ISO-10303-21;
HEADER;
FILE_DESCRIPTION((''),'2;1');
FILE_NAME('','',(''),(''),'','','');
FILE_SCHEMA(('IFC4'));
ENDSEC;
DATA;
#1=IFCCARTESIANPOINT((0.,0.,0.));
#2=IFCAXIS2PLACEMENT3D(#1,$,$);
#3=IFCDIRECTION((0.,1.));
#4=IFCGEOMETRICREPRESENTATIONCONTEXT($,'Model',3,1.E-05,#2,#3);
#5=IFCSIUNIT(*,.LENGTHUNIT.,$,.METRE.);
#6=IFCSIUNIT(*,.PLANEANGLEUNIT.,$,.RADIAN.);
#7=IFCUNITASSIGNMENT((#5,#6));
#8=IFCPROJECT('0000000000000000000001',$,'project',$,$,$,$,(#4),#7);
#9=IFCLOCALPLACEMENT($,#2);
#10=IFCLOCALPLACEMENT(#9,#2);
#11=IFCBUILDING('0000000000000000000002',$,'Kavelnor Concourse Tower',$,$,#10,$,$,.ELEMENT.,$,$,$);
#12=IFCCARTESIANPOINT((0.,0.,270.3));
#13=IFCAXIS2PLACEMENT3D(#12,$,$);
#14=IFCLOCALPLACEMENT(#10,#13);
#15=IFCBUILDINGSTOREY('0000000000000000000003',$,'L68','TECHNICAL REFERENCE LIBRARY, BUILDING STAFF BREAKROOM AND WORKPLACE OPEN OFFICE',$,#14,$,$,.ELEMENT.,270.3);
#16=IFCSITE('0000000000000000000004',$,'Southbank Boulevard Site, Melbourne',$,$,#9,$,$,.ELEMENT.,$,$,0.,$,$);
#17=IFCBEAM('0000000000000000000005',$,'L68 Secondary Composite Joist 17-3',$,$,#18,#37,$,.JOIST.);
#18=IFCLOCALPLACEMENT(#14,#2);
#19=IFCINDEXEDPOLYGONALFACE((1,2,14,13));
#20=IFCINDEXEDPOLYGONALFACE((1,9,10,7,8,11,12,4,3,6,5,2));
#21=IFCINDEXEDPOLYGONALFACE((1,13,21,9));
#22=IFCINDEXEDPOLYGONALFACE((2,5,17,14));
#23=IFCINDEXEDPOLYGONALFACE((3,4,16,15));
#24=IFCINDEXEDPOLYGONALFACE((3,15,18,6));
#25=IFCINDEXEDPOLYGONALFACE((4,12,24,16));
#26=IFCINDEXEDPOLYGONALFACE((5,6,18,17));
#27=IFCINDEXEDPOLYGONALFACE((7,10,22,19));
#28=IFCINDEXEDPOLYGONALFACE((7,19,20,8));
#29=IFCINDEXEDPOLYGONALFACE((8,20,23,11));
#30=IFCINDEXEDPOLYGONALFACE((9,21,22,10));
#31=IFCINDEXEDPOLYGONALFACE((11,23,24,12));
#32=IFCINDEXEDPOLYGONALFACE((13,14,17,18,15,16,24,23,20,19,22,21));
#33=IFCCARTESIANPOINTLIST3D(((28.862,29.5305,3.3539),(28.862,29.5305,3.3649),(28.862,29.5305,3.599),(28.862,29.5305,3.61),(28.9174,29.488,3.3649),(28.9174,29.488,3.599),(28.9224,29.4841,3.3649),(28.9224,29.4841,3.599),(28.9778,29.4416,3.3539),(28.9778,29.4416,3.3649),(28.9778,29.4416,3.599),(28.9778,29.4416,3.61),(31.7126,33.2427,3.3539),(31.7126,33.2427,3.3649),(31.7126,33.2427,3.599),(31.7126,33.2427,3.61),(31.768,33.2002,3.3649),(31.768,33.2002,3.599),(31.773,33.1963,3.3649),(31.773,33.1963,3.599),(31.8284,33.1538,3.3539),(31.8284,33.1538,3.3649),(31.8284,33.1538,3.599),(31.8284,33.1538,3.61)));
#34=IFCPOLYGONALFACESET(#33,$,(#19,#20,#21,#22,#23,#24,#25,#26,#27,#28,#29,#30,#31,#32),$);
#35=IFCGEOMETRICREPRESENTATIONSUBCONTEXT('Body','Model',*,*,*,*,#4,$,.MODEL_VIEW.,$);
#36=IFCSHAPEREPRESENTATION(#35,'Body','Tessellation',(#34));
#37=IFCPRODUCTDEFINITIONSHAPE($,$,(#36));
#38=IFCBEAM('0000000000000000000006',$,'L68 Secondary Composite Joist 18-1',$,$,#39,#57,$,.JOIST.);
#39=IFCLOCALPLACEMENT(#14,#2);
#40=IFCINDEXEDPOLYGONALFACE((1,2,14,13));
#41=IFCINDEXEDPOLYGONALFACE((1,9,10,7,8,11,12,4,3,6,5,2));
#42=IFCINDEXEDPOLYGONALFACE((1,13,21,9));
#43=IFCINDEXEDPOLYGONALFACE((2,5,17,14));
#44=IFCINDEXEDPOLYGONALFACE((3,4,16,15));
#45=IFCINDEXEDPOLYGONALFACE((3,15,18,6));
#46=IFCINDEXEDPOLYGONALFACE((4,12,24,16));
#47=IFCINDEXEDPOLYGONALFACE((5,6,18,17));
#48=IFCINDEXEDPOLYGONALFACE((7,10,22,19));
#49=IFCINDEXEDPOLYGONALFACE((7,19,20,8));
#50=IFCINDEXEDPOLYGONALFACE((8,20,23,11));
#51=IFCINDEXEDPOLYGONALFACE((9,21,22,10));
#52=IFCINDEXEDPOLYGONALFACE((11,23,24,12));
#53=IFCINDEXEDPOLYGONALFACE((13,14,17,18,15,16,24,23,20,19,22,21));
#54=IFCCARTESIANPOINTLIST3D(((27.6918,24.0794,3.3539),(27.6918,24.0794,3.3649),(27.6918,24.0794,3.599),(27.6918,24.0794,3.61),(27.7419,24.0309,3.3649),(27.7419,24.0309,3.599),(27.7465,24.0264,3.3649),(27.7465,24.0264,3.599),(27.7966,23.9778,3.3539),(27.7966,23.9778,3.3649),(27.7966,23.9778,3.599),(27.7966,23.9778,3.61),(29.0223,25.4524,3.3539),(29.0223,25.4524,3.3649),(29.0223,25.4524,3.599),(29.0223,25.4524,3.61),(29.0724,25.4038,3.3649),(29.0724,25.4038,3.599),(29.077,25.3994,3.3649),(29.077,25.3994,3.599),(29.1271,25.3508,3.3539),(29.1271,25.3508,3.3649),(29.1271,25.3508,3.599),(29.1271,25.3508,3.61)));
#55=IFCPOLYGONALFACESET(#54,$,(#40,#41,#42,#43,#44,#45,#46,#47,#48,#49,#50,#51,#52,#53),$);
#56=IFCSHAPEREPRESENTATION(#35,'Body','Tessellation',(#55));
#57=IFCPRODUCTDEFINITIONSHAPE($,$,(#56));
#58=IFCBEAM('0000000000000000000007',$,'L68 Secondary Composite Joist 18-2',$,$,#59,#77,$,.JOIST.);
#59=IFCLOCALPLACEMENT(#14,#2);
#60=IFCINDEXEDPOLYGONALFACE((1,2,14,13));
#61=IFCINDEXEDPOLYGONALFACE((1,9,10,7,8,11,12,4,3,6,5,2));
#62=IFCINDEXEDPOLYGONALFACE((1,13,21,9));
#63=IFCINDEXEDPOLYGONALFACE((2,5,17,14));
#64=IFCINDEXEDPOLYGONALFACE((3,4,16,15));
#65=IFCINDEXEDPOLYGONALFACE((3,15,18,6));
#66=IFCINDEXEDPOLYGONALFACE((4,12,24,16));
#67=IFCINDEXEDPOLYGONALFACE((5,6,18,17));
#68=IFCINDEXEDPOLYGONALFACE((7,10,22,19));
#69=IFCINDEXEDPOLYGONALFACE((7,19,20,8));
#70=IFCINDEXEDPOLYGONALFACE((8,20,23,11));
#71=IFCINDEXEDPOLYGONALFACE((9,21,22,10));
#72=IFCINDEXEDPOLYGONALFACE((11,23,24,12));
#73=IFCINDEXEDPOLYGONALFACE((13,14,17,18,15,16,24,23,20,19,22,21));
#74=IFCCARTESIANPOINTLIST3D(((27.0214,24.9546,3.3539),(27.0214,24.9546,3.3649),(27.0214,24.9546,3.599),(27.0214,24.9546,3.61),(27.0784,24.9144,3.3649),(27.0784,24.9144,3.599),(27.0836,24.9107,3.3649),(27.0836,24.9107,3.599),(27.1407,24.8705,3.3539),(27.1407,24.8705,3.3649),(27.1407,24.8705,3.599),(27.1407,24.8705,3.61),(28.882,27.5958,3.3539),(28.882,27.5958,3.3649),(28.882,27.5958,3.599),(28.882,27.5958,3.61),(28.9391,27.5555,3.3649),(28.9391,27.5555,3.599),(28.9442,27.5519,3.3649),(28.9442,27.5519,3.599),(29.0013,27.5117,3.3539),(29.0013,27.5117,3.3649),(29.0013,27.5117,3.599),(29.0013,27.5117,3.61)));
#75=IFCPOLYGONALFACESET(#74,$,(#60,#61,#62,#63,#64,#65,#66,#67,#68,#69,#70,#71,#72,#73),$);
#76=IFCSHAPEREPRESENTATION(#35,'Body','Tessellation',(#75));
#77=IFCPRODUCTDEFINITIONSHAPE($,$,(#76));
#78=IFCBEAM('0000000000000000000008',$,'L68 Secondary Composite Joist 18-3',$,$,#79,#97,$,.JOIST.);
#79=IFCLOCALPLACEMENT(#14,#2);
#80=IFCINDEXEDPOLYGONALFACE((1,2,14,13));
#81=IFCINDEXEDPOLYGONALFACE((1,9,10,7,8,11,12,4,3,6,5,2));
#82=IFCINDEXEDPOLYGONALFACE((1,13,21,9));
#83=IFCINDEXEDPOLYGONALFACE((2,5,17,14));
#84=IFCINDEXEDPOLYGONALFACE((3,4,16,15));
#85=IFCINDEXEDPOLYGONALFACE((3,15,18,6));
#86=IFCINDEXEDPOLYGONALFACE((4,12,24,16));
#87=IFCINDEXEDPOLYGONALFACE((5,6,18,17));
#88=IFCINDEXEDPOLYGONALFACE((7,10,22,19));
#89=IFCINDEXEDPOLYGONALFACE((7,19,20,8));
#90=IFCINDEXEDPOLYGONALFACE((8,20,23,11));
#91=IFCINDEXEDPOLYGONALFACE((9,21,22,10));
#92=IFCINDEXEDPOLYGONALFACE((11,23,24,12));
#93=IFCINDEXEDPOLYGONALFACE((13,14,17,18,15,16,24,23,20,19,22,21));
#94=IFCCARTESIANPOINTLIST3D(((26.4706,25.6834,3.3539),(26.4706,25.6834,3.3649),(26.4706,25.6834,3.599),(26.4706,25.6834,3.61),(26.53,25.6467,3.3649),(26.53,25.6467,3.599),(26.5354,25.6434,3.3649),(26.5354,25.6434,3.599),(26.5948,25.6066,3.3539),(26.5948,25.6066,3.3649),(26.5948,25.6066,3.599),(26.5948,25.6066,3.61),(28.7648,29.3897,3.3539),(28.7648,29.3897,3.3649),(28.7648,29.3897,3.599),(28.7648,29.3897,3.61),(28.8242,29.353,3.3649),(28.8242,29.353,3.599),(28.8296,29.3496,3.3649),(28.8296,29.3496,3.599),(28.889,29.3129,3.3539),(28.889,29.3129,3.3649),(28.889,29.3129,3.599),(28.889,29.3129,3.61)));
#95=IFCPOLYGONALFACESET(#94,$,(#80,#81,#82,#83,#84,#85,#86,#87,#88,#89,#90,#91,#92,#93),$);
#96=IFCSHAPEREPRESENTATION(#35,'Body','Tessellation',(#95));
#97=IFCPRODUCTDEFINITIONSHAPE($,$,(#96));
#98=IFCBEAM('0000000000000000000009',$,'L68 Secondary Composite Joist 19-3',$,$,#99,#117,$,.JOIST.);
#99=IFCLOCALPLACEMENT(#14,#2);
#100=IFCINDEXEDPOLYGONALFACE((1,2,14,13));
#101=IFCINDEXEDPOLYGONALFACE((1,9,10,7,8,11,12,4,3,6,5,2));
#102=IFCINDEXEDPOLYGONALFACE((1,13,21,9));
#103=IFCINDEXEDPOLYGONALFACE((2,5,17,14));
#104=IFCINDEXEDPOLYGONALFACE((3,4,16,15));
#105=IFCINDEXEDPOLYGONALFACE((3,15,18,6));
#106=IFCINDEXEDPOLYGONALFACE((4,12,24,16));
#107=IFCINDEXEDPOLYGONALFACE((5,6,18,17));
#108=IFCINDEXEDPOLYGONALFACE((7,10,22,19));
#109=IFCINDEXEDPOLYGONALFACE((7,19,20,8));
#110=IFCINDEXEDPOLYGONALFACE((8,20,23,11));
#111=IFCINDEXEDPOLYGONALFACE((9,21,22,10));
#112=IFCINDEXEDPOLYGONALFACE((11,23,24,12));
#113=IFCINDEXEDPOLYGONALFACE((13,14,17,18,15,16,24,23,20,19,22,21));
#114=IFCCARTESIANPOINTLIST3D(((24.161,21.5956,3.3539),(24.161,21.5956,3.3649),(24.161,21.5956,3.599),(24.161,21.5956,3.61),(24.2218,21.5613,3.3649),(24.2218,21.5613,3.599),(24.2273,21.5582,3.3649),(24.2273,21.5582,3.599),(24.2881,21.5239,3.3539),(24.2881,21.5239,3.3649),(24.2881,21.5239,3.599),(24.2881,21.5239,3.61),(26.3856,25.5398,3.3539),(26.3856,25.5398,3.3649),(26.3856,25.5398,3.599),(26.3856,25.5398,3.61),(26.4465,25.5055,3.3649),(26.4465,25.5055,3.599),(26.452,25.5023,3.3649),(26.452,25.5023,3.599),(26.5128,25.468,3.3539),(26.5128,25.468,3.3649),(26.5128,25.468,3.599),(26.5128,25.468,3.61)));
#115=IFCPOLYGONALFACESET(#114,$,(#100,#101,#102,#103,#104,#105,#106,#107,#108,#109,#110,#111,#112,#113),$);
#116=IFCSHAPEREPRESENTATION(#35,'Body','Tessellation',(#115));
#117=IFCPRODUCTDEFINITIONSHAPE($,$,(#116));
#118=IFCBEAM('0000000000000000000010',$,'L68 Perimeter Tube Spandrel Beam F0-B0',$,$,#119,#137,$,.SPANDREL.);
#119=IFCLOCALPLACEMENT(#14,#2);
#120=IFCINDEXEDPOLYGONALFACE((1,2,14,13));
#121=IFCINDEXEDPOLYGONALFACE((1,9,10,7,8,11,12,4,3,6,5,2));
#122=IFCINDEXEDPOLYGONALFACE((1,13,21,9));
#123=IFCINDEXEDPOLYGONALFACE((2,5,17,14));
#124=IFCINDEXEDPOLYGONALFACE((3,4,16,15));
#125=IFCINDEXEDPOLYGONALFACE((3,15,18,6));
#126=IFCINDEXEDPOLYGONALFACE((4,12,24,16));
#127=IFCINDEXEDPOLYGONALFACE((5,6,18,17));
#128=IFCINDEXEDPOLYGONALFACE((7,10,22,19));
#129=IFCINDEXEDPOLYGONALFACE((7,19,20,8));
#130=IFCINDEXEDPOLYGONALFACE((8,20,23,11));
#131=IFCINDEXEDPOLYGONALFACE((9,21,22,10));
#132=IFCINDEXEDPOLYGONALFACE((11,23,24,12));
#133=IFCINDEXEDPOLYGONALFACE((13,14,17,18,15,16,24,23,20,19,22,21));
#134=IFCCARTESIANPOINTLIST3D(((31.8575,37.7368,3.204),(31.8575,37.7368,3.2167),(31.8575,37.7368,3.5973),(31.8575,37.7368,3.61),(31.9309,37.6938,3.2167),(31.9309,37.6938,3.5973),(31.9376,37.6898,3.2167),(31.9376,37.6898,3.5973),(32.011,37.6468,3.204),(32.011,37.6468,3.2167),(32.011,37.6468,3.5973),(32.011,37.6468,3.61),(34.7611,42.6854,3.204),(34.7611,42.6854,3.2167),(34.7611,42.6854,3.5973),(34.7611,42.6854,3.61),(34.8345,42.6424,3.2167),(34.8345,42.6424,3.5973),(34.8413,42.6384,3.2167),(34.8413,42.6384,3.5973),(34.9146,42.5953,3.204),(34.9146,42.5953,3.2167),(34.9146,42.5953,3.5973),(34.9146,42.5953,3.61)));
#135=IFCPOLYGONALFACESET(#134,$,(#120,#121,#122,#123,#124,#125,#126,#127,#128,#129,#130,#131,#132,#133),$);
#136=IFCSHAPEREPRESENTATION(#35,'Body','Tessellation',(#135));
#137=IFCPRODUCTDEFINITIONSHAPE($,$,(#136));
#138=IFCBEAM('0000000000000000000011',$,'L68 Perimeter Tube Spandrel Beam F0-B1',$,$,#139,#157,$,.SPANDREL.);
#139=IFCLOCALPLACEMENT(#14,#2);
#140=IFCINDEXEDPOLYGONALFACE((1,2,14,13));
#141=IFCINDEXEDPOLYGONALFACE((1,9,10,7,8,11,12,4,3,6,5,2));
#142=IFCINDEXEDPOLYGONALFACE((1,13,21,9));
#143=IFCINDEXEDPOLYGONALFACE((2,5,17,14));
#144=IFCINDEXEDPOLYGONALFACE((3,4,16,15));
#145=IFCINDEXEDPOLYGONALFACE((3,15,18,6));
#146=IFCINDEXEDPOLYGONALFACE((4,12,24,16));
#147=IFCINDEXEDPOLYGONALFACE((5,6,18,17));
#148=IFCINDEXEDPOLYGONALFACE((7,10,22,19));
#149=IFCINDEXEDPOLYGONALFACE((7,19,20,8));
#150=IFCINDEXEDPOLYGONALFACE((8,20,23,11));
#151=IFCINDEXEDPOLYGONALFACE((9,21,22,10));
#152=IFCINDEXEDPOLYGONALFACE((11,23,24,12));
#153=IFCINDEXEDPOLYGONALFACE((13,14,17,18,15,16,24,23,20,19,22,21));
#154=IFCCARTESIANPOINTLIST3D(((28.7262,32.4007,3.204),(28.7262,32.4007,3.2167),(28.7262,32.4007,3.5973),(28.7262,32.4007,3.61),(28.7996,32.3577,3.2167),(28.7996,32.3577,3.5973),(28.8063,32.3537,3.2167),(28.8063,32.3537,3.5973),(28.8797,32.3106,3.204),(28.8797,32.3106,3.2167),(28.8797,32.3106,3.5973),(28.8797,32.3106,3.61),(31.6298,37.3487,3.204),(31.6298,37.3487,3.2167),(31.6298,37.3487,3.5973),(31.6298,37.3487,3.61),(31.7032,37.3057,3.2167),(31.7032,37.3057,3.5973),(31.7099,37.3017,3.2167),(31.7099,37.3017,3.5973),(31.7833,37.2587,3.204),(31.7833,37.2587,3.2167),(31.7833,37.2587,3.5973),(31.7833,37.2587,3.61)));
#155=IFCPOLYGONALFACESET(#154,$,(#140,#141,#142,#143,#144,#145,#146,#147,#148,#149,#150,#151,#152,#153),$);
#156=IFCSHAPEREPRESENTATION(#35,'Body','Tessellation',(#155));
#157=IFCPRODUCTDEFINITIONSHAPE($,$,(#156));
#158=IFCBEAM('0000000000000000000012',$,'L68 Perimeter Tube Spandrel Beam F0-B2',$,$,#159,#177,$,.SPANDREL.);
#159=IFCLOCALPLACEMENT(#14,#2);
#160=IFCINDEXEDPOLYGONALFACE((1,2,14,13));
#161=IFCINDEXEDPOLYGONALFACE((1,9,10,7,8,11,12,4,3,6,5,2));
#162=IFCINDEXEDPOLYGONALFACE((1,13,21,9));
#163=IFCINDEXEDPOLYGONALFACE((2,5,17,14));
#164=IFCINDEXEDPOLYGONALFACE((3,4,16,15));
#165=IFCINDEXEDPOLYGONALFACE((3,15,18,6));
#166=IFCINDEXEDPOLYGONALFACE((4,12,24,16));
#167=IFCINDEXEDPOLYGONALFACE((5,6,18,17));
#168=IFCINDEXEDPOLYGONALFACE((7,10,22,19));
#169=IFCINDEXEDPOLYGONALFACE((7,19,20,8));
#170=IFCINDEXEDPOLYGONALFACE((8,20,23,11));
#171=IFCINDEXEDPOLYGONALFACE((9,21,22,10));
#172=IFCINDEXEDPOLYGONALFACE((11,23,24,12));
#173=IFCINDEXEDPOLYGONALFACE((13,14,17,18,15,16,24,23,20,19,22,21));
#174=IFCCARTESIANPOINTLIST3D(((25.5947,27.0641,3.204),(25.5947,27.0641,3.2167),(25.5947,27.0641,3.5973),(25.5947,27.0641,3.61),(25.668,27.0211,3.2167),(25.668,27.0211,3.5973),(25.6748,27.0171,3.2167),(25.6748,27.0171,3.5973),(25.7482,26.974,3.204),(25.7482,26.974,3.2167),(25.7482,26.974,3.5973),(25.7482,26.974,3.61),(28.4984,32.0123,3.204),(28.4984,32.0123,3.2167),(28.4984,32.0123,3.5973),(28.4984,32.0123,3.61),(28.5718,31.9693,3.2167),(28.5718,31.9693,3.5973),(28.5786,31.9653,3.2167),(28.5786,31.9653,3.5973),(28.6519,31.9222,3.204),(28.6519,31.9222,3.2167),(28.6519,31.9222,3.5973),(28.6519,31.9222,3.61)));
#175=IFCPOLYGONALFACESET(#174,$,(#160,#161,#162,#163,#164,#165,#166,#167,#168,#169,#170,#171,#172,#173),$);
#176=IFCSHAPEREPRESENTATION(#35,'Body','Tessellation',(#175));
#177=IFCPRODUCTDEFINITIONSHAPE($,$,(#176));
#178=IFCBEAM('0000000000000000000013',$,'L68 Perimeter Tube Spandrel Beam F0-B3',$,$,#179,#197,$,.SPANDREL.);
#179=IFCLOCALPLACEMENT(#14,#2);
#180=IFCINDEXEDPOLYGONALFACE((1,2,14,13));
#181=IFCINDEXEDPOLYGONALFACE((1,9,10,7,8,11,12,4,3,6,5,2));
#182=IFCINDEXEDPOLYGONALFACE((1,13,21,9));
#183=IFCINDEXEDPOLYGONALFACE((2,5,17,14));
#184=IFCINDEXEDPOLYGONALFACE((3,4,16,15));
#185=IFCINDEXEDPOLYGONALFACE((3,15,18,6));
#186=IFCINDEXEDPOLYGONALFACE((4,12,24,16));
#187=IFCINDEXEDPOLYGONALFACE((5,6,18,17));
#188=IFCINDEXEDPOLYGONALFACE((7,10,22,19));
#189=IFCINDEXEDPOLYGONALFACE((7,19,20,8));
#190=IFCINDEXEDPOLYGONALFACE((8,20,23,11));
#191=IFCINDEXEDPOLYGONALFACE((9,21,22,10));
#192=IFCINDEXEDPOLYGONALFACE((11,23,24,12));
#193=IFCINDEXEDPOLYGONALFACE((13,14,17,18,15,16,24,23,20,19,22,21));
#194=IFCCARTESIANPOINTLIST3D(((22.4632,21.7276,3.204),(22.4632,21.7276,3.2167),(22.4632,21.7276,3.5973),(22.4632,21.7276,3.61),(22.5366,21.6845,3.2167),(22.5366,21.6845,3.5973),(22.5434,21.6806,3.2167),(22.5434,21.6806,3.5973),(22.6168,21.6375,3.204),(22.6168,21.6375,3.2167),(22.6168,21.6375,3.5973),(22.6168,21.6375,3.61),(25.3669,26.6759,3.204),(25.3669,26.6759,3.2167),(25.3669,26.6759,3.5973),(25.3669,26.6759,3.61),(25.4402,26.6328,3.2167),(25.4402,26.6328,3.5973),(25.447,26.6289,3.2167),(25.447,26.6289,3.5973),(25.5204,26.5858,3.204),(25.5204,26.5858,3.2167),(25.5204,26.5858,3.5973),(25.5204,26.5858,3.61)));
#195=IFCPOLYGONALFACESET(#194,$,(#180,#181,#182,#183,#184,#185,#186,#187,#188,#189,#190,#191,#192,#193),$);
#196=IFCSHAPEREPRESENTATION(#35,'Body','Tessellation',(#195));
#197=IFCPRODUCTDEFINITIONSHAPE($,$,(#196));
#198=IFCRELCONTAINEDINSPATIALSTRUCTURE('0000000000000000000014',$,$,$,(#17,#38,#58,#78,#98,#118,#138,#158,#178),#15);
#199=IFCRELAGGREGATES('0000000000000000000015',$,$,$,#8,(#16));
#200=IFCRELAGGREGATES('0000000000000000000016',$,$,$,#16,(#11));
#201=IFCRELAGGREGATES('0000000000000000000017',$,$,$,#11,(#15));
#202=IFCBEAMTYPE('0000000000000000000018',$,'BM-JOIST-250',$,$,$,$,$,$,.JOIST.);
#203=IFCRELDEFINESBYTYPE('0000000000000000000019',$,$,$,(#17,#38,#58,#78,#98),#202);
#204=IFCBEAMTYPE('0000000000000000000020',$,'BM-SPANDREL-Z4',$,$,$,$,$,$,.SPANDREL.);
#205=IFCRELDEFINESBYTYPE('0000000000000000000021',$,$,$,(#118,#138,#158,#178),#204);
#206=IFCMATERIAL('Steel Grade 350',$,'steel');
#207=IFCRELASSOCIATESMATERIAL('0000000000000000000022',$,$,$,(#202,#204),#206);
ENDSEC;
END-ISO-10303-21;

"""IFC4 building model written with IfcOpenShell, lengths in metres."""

from ifc_helpers import new_model, si_unit, direction, frame, origin, origin_2d, place, context, subcontext, project, spatial, i_section, extrude, material, material_profile, profile_set, type_object, element, save


model = new_model("IFC4")

# Units and contexts
model_context = context("Model", 3, precision=1e-05, world=origin(), true_north=direction((0.0, 1.0)))
body_context = subcontext(model_context, "Body", "Model", "MODEL_VIEW")
ifc_project = project(units=[si_unit("LENGTHUNIT", "METRE"), si_unit("PLANEANGLEUNIT", "RADIAN")], contexts=[model_context])

# Site, building, storey
site_placement = place(None, origin())
site = spatial("IfcSite", under=ifc_project, at=site_placement, Name="Southbank Boulevard Site, Melbourne", CompositionType="ELEMENT", RefElevation=0.0)
building_placement = place(site_placement, origin())
building = spatial("IfcBuilding", under=site, at=building_placement, Name="Kavelnor Concourse Tower", CompositionType="ELEMENT")
storey_placement = place(building_placement, frame((0.0, 0.0, 270.3)))
storey = spatial("IfcBuildingStorey", under=building, at=storey_placement, Name="L68", Description="TECHNICAL REFERENCE LIBRARY, BUILDING STAFF BREAKROOM AND WORKPLACE OPEN OFFICE", CompositionType="ELEMENT", Elevation=270.3)

# Shared definitions
ifc_material_1 = material(Name="Steel Grade 350", Category="steel")

# Beams
ifc_material_profile_1 = material_profile(ifc_material_1, i_section(OverallWidth=0.146, OverallDepth=0.2561, WebThickness=0.0063, FlangeThickness=0.011, at=origin_2d()), Name="250UB37")
ifc_profile_set_1 = profile_set([ifc_material_profile_1], Name="Steel Grade 350")
beam_type_1 = type_object("IfcBeamType", Name="BM-JOIST-250", PredefinedType="JOIST", material=ifc_profile_set_1)
beam_1_placement = place(storey_placement, frame((31.7705, 33.1982, 3.4819), z_axis=(-0.60905, -0.793132, 0.0), x_axis=(0.793132, -0.60905, 0.0)))
element("IfcBeam", 1, at=beam_1_placement, inside=storey, type_object=beam_type_1, Name="L68 Secondary Composite Joist 17-3", PredefinedType="JOIST", context=body_context, shape_type="SweptSolid", body=[
    extrude(i_section(OverallWidth=0.146, OverallDepth=0.2561, WebThickness=0.0063, FlangeThickness=0.011, at=origin_2d()), origin(), (0.0, 0.0, 1.0), 4.6804),
])
beam_2_placement = place(storey_placement, frame((29.0747, 25.4016, 3.4819), z_axis=(-0.69591, -0.718129, 0.0), x_axis=(0.718129, -0.69591, 0.0)))
element("IfcBeam", 2, at=beam_2_placement, inside=storey, type_object=beam_type_1, Name="L68 Secondary Composite Joist 18-1", PredefinedType="JOIST", context=body_context, shape_type="SweptSolid", body=[
    extrude(i_section(OverallWidth=0.146, OverallDepth=0.2561, WebThickness=0.0063, FlangeThickness=0.011, at=origin_2d()), origin(), (0.0, 0.0, 1.0), 1.9119),
])
beam_3_placement = place(storey_placement, frame((28.9417, 27.5537, 3.4819), z_axis=(-0.575915, -0.81751, 0.0), x_axis=(0.81751, -0.575915, 0.0)))
element("IfcBeam", 3, at=beam_3_placement, inside=storey, type_object=beam_type_1, Name="L68 Secondary Composite Joist 18-2", PredefinedType="JOIST", context=body_context, shape_type="SweptSolid", body=[
    extrude(i_section(OverallWidth=0.146, OverallDepth=0.2561, WebThickness=0.0063, FlangeThickness=0.011, at=origin_2d()), origin(), (0.0, 0.0, 1.0), 3.2307),
])
beam_4_placement = place(storey_placement, frame((28.8269, 29.3513, 3.4819), z_axis=(-0.526324, -0.850284, 0.0), x_axis=(0.850284, -0.526324, 0.0)))
element("IfcBeam", 4, at=beam_4_placement, inside=storey, type_object=beam_type_1, Name="L68 Secondary Composite Joist 18-3", PredefinedType="JOIST", context=body_context, shape_type="SweptSolid", body=[
    extrude(i_section(OverallWidth=0.146, OverallDepth=0.2561, WebThickness=0.0063, FlangeThickness=0.011, at=origin_2d()), origin(), (0.0, 0.0, 1.0), 4.3589),
])
beam_5_placement = place(storey_placement, frame((26.4492, 25.5039, 3.4819), z_axis=(-0.491277, -0.871003, 0.0), x_axis=(0.871003, -0.491277, 0.0)))
element("IfcBeam", 5, at=beam_5_placement, inside=storey, type_object=beam_type_1, Name="L68 Secondary Composite Joist 19-3", PredefinedType="JOIST", context=body_context, shape_type="SweptSolid", body=[
    extrude(i_section(OverallWidth=0.146, OverallDepth=0.2561, WebThickness=0.0063, FlangeThickness=0.011, at=origin_2d()), origin(), (0.0, 0.0, 1.0), 4.5283),
])
ifc_material_profile_2 = material_profile(ifc_material_1, i_section(OverallWidth=0.178, OverallDepth=0.406, WebThickness=0.0078, FlangeThickness=0.0127, at=origin_2d()), Name="410UB59")
ifc_profile_set_2 = profile_set([ifc_material_profile_2], Name="Steel Grade 350")
beam_type_2 = type_object("IfcBeamType", Name="BM-SPANDREL-Z4", PredefinedType="SPANDREL", material=ifc_profile_set_2)
beam_6_placement = place(storey_placement, frame((34.8379, 42.6404, 3.407), z_axis=(-0.506073, -0.86249, 0.0), x_axis=(0.86249, -0.506073, 0.0)))
element("IfcBeam", 6, at=beam_6_placement, inside=storey, type_object=beam_type_2, Name="L68 Perimeter Tube Spandrel Beam F0-B0", PredefinedType="SPANDREL", context=body_context, shape_type="SweptSolid", body=[
    extrude(i_section(OverallWidth=0.178, OverallDepth=0.406, WebThickness=0.0078, FlangeThickness=0.0127, at=origin_2d()), origin(), (0.0, 0.0, 1.0), 5.7375),
])
beam_7_placement = place(storey_placement, frame((31.7065, 37.3037, 3.407), z_axis=(-0.50611, -0.862469, 0.0), x_axis=(0.862469, -0.50611, 0.0)))
element("IfcBeam", 7, at=beam_7_placement, inside=storey, type_object=beam_type_2, Name="L68 Perimeter Tube Spandrel Beam F0-B1", PredefinedType="SPANDREL", context=body_context, shape_type="SweptSolid", body=[
    extrude(i_section(OverallWidth=0.178, OverallDepth=0.406, WebThickness=0.0078, FlangeThickness=0.0127, at=origin_2d()), origin(), (0.0, 0.0, 1.0), 5.7371),
])
for number, where, z_axis, x_axis, name in (
    (8, (28.5752, 31.9673, 3.407), (-0.506124, -0.862461, 0.0), (0.862461, -0.506124, 0.0), "L68 Perimeter Tube Spandrel Beam F0-B2"),
    (9, (25.4436, 26.6309, 3.407), (-0.506092, -0.86248, 0.0), (0.86248, -0.506092, 0.0), "L68 Perimeter Tube Spandrel Beam F0-B3"),
):
    element("IfcBeam", number, at=place(storey_placement, frame(where, z_axis=z_axis, x_axis=x_axis)), inside=storey, type_object=beam_type_2, Name=name, PredefinedType="SPANDREL", context=body_context, shape_type="SweptSolid", body=[
        extrude(i_section(OverallWidth=0.178, OverallDepth=0.406, WebThickness=0.0078, FlangeThickness=0.0127, at=origin_2d()), origin(), (0.0, 0.0, 1.0), 5.7373),
    ])

save(model, "model.ifc")
